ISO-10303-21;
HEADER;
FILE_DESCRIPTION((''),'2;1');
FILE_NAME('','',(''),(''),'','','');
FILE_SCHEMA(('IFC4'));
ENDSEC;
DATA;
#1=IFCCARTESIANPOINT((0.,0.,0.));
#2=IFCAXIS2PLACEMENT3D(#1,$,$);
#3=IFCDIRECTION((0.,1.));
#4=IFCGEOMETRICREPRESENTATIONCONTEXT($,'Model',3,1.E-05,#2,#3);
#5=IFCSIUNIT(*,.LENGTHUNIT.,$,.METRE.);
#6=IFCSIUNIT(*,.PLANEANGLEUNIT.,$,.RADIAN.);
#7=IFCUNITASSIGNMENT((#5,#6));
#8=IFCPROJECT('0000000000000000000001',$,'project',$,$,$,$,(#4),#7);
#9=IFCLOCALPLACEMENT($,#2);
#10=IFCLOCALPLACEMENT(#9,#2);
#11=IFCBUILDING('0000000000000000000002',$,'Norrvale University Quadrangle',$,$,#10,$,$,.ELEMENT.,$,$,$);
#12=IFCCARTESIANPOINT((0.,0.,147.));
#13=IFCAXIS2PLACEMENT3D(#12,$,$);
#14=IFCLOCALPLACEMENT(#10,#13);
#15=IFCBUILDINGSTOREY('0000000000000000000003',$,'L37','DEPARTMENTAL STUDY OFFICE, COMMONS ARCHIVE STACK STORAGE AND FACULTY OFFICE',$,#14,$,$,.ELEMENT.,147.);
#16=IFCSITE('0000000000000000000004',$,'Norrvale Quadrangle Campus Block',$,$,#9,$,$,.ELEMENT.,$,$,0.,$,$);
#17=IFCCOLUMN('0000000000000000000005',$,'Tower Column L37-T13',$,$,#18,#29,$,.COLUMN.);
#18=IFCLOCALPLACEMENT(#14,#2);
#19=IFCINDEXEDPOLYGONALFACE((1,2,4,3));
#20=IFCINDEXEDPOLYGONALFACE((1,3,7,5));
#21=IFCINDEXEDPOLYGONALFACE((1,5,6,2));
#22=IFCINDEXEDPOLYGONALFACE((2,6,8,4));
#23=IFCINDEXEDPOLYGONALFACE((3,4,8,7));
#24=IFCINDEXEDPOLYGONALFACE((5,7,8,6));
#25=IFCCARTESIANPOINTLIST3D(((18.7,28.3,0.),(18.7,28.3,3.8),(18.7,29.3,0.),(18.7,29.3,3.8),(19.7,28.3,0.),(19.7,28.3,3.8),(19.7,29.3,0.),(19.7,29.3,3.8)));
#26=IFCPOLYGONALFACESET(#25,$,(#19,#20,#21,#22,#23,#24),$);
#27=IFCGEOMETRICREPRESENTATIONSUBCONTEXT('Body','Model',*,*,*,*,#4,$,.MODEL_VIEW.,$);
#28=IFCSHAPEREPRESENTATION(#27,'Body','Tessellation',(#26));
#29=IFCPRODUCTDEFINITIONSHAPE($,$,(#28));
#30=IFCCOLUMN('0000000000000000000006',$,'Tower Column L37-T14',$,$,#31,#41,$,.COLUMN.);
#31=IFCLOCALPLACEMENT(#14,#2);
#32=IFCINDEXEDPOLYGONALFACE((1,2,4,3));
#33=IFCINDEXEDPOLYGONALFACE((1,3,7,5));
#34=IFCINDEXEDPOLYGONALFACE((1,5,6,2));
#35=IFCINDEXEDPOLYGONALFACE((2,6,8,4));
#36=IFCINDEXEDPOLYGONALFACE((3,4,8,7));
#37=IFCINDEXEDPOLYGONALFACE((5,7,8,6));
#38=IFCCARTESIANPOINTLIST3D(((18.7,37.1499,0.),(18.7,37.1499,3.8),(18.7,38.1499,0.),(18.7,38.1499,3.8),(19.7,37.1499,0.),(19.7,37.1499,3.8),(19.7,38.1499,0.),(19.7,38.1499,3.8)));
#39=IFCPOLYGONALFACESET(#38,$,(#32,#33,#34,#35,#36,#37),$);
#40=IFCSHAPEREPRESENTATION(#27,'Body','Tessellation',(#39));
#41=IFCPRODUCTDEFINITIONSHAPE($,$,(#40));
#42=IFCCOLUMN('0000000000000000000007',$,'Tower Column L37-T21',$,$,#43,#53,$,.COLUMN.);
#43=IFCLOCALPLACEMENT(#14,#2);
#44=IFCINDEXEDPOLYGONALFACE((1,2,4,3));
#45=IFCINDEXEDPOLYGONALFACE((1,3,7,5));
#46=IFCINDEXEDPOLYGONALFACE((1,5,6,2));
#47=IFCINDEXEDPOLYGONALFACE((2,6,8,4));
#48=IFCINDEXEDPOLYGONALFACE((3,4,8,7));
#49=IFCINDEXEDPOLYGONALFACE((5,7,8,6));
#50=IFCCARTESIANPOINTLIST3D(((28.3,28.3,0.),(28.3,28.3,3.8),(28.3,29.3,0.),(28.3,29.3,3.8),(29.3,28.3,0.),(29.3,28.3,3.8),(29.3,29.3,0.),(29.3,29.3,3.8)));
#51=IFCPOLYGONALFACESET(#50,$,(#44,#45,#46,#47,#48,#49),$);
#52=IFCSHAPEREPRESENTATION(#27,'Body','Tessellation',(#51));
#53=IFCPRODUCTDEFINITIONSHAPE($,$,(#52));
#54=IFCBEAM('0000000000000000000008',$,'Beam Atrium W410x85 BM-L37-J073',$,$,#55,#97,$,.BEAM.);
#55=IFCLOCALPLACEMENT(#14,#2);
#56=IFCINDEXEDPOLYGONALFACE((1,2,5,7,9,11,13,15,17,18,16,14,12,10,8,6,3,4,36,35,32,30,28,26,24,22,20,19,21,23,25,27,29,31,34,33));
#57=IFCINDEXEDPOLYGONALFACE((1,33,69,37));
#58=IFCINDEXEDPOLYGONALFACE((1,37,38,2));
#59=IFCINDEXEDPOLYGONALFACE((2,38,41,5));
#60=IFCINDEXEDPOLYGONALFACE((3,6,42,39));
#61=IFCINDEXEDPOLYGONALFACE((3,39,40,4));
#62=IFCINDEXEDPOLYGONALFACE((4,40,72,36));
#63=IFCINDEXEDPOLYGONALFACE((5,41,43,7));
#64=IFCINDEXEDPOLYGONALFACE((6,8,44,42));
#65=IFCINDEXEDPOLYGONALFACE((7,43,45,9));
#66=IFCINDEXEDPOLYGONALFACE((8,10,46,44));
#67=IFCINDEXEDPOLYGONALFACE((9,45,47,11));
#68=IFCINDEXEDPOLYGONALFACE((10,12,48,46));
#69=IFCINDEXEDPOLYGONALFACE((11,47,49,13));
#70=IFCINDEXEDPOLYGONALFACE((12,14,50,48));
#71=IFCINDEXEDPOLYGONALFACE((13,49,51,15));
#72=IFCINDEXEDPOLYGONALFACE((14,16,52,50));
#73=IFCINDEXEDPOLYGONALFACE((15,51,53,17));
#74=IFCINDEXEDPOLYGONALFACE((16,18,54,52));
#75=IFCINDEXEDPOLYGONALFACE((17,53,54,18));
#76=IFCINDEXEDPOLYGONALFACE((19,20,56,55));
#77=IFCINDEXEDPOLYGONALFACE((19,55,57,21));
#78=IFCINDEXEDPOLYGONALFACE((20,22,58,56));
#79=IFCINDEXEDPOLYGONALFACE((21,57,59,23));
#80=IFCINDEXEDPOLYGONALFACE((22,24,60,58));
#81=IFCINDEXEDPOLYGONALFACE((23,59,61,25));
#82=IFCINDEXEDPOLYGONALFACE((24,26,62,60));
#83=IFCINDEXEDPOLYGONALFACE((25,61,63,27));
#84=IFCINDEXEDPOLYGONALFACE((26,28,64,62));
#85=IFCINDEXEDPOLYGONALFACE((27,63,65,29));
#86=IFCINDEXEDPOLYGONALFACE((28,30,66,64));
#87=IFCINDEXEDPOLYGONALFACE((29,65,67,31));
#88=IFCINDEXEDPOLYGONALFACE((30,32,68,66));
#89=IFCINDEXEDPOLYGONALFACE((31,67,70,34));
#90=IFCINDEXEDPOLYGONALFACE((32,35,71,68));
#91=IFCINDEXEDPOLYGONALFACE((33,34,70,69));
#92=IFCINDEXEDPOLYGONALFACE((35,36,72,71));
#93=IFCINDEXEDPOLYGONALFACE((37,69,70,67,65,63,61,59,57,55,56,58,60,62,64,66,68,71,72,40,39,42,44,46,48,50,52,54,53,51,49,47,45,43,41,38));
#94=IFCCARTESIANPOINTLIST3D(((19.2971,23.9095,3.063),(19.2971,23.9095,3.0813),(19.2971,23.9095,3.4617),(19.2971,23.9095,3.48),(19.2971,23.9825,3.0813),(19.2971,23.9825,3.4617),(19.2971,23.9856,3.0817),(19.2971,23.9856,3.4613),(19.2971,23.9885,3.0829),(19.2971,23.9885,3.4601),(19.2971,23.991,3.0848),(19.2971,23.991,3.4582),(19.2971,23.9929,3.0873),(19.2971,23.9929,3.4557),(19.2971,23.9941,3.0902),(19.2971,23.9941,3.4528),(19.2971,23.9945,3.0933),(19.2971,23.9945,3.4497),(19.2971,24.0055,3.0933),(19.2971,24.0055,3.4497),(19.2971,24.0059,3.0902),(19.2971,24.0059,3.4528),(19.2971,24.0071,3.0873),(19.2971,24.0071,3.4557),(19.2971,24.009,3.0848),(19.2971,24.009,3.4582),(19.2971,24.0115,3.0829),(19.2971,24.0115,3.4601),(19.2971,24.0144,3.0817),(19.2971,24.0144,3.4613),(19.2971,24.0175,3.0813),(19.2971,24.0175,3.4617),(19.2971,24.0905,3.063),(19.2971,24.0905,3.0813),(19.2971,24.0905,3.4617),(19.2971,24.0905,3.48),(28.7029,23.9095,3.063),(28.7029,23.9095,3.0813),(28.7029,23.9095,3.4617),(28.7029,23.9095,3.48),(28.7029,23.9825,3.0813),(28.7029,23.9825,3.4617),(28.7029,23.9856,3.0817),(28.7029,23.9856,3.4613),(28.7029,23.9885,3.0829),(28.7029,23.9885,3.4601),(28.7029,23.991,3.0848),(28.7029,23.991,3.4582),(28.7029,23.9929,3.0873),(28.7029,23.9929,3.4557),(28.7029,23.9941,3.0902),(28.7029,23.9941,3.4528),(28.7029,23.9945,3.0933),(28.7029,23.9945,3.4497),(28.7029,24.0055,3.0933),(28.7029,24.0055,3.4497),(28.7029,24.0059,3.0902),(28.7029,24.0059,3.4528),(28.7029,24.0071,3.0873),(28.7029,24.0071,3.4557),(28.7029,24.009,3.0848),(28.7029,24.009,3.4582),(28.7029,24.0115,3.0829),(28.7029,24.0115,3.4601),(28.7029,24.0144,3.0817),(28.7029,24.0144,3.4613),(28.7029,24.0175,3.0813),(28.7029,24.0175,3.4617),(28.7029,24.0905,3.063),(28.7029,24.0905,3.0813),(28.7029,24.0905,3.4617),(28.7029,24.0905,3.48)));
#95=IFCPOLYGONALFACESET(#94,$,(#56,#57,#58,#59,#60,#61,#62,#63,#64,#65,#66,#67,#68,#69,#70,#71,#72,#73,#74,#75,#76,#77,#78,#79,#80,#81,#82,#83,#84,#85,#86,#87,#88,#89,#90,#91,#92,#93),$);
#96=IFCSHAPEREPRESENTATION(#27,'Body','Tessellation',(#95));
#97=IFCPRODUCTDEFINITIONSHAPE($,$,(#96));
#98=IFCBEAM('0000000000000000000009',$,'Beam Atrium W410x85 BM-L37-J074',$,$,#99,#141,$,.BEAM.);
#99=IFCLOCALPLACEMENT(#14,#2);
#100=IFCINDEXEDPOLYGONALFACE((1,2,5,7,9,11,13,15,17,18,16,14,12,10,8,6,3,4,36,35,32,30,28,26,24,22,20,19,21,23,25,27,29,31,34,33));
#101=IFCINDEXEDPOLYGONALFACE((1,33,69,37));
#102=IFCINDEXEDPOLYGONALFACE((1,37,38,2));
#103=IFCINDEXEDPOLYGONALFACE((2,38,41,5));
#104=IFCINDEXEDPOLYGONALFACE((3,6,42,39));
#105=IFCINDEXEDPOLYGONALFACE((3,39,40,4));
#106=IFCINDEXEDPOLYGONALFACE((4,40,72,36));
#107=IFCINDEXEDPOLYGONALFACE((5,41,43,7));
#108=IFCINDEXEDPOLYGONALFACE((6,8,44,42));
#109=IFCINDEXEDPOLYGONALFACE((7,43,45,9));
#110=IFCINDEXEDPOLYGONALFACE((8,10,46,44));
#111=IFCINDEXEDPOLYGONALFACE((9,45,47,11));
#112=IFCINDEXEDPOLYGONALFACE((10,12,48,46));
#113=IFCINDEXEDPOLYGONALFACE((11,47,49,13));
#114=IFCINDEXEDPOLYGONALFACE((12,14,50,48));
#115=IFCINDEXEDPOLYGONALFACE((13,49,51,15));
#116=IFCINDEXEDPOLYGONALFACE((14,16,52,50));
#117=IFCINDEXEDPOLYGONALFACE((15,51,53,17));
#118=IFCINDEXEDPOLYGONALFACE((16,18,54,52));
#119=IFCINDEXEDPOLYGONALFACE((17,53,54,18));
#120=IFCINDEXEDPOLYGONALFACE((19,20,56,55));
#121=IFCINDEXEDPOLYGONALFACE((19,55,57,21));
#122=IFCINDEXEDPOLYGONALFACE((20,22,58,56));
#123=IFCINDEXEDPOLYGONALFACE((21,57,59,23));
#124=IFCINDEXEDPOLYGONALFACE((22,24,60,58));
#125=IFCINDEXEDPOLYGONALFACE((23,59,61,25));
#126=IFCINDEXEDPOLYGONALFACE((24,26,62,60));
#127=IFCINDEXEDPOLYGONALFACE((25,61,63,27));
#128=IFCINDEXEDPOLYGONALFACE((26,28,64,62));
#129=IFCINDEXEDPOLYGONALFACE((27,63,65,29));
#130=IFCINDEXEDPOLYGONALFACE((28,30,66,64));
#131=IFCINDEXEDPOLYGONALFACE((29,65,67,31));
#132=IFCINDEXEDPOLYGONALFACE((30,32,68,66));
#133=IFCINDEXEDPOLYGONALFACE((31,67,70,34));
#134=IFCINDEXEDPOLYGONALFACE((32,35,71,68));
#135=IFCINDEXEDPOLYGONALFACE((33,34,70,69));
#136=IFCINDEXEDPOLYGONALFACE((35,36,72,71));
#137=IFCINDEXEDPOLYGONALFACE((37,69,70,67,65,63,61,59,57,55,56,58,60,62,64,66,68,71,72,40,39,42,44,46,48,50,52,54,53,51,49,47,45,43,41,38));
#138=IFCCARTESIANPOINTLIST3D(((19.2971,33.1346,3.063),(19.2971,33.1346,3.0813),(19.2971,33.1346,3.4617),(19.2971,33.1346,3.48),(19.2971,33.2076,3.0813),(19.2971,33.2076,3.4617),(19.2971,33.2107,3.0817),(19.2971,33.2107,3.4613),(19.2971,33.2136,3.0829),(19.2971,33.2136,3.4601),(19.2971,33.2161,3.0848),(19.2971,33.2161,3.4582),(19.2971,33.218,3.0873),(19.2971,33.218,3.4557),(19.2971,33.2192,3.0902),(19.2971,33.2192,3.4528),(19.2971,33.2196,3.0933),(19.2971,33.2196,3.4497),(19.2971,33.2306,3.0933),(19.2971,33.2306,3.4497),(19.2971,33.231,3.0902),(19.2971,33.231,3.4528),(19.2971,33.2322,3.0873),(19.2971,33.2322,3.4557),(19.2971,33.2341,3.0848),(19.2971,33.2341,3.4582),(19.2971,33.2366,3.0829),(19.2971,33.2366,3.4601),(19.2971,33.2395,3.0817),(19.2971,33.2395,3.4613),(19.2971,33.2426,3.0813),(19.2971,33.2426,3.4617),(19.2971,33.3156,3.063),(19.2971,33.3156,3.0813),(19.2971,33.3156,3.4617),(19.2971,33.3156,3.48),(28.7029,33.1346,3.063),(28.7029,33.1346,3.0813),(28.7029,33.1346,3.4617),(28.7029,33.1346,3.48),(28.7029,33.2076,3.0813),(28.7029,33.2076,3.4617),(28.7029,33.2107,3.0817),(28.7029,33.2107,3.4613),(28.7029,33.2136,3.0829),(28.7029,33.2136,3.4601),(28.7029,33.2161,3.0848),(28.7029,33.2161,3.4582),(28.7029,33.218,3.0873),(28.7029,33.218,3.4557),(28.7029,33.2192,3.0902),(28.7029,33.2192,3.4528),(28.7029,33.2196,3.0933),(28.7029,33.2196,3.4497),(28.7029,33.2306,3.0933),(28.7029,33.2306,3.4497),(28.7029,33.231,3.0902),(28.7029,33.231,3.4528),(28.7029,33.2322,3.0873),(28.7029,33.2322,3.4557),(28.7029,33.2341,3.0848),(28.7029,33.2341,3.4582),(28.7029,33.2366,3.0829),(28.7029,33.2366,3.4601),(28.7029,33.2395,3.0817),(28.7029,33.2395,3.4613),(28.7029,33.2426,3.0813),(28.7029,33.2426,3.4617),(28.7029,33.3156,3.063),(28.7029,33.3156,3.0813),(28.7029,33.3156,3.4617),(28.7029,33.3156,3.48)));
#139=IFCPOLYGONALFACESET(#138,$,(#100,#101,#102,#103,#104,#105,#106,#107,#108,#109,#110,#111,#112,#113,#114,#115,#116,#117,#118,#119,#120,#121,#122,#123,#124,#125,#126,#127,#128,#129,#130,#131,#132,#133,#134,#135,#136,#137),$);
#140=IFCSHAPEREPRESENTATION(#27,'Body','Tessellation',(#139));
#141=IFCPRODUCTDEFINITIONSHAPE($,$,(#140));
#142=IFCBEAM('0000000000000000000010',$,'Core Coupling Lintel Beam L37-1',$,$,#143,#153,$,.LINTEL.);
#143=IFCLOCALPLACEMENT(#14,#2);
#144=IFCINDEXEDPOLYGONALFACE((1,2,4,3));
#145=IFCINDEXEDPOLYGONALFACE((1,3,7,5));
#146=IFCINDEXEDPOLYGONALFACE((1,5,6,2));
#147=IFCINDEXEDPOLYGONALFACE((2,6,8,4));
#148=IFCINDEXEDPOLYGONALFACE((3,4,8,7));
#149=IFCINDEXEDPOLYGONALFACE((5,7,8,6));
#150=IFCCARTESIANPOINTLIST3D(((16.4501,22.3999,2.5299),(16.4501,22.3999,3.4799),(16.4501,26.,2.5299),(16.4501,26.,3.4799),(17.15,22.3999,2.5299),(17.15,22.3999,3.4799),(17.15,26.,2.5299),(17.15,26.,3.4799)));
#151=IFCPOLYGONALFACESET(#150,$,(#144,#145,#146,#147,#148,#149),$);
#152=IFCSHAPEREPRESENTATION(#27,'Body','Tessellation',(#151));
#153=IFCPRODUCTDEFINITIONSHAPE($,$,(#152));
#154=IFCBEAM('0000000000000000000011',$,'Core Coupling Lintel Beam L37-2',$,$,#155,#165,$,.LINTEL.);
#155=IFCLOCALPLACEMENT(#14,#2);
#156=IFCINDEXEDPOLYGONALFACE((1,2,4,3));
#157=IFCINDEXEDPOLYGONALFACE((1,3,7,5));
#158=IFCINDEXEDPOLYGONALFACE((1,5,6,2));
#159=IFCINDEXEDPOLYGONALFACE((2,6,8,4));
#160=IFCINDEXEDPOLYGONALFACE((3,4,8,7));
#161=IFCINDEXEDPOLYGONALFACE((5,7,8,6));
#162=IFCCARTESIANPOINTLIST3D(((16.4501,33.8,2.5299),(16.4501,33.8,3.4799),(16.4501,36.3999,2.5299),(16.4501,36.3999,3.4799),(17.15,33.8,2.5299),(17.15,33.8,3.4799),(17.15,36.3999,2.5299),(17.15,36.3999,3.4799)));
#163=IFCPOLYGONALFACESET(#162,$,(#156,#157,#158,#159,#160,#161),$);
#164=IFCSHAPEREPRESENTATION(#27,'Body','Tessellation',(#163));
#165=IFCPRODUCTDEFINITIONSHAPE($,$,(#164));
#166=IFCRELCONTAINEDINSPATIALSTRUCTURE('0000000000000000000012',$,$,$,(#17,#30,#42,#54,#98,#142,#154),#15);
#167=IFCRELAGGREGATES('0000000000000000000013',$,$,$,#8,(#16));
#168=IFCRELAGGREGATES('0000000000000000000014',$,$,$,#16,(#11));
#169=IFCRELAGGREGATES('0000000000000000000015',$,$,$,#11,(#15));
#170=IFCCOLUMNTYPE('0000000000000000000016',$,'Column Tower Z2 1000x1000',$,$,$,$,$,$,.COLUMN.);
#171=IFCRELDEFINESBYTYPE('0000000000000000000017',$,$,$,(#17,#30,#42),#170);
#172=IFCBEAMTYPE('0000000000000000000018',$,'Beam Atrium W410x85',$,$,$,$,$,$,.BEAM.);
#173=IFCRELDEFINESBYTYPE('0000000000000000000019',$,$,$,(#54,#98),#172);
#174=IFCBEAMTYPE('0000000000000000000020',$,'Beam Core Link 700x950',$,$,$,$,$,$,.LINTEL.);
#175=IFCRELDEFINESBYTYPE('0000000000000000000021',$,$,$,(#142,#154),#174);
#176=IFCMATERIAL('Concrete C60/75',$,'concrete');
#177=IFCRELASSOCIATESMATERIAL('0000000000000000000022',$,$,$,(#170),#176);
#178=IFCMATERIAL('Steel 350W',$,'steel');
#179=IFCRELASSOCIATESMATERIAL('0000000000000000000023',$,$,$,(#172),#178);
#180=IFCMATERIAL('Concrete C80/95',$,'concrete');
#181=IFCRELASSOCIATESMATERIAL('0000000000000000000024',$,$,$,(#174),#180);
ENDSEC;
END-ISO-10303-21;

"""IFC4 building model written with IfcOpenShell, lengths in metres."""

from ifc_helpers import new_model, si_unit, direction, frame, origin, origin_2d, place, context, subcontext, project, spatial, rectangle, i_section, extrude, material, material_profile, profile_set, type_object, element, save


model = new_model("IFC4")

# Units and contexts
model_context = context("Model", 3, precision=1e-05, world=origin(), true_north=direction((0.0, 1.0)))
body_context = subcontext(model_context, "Body", "Model", "MODEL_VIEW")
ifc_project = project(units=[si_unit("LENGTHUNIT", "METRE"), si_unit("PLANEANGLEUNIT", "RADIAN")], contexts=[model_context])

# Site, building, storey
site_placement = place(None, origin())
site = spatial("IfcSite", under=ifc_project, at=site_placement, Name="Norrvale Quadrangle Campus Block", CompositionType="ELEMENT", RefElevation=0.0)
building_placement = place(site_placement, origin())
building = spatial("IfcBuilding", under=site, at=building_placement, Name="Norrvale University Quadrangle", CompositionType="ELEMENT")
storey_placement = place(building_placement, frame((0.0, 0.0, 147.0)))
storey = spatial("IfcBuildingStorey", under=building, at=storey_placement, Name="L37", Description="DEPARTMENTAL STUDY OFFICE, COMMONS ARCHIVE STACK STORAGE AND FACULTY OFFICE", CompositionType="ELEMENT", Elevation=147.0)

# Columns
ifc_material_1 = material(Name="Concrete C60/75", Category="concrete")
ifc_material_profile_1 = material_profile(ifc_material_1, rectangle(XDim=1.0, YDim=1.0, at=origin_2d()), Name="Concrete C60/75")
ifc_profile_set_1 = profile_set([ifc_material_profile_1], Name="Concrete C60/75")
column_type = type_object("IfcColumnType", Name="Column Tower Z2 1000x1000", PredefinedType="COLUMN", material=ifc_profile_set_1)
for number, where, z_axis, x_axis, name in (
    (1, (19.2, 28.8, 0.0), (0.0, 0.0, 1.0), (1.0, 0.0, 0.0), "Tower Column L37-T13"),
    (2, (19.2, 37.6499, 0.0), (0.0, 0.0, 1.0), (1.0, 0.0, 0.0), "Tower Column L37-T14"),
    (3, (28.8, 28.8, 0.0), (0.0, 0.0, 1.0), (1.0, 0.0, 0.0), "Tower Column L37-T21"),
):
    element("IfcColumn", number, at=place(storey_placement, frame(where, z_axis=z_axis, x_axis=x_axis)), inside=storey, type_object=column_type, Name=name, PredefinedType="COLUMN", context=body_context, shape_type="SweptSolid", body=[
        extrude(rectangle(XDim=1.0, YDim=1.0, at=origin_2d()), origin(), (0.0, 0.0, 1.0), 3.8),
    ])

# Beams
ifc_material_2 = material(Name="Steel 350W", Category="steel")
ifc_material_profile_2 = material_profile(ifc_material_2, i_section(OverallWidth=0.1809, OverallDepth=0.417, WebThickness=0.011, FlangeThickness=0.0183, FilletRadius=0.012, at=origin_2d()), Name="Steel 350W")
ifc_profile_set_2 = profile_set([ifc_material_profile_2], Name="Steel 350W")
beam_type_1 = type_object("IfcBeamType", Name="Beam Atrium W410x85", PredefinedType="BEAM", material=ifc_profile_set_2)
for number, where, z_axis, x_axis, name in (
    (4, (19.2971, 24.0, 3.2715), (1.0, 0.0, 0.0), (0.0, 1.0, 0.0), "Beam Atrium W410x85 BM-L37-J073"),
    (5, (19.2971, 33.2251, 3.2715), (1.0, 0.0, 0.0), (0.0, 1.0, 0.0), "Beam Atrium W410x85 BM-L37-J074"),
):
    element("IfcBeam", number, at=place(storey_placement, frame(where, z_axis=z_axis, x_axis=x_axis)), inside=storey, type_object=beam_type_1, Name=name, PredefinedType="BEAM", context=body_context, shape_type="SweptSolid", body=[
        extrude(i_section(OverallWidth=0.1809, OverallDepth=0.417, WebThickness=0.011, FlangeThickness=0.0183, FilletRadius=0.012, at=origin_2d()), origin(), (0.0, 0.0, 1.0), 9.4058),
    ])
ifc_material_3 = material(Name="Concrete C80/95", Category="concrete")
ifc_material_profile_3 = material_profile(ifc_material_3, rectangle(XDim=0.7, YDim=0.95, at=origin_2d()), Name="Concrete C80/95")
ifc_profile_set_3 = profile_set([ifc_material_profile_3], Name="Concrete C80/95")
beam_type_2 = type_object("IfcBeamType", Name="Beam Core Link 700x950", PredefinedType="LINTEL", material=ifc_profile_set_3)
beam_1_placement = place(storey_placement, frame((16.8, 22.3999, 3.0049), z_axis=(0.0, 1.0, 0.0), x_axis=(-1.0, 0.0, 0.0)))
element("IfcBeam", 6, at=beam_1_placement, inside=storey, type_object=beam_type_2, Name="Core Coupling Lintel Beam L37-1", PredefinedType="LINTEL", context=body_context, shape_type="SweptSolid", body=[
    extrude(rectangle(XDim=0.7, YDim=0.95, at=origin_2d()), origin(), (0.0, 0.0, 1.0), 3.6001),
])
beam_2_placement = place(storey_placement, frame((16.8, 33.8, 3.0049), z_axis=(0.0, 1.0, 0.0), x_axis=(-1.0, 0.0, 0.0)))
element("IfcBeam", 7, at=beam_2_placement, inside=storey, type_object=beam_type_2, Name="Core Coupling Lintel Beam L37-2", PredefinedType="LINTEL", context=body_context, shape_type="SweptSolid", body=[
    extrude(rectangle(XDim=0.7, YDim=0.95, at=origin_2d()), origin(), (0.0, 0.0, 1.0), 2.5999),
])

save(model, "model.ifc")
